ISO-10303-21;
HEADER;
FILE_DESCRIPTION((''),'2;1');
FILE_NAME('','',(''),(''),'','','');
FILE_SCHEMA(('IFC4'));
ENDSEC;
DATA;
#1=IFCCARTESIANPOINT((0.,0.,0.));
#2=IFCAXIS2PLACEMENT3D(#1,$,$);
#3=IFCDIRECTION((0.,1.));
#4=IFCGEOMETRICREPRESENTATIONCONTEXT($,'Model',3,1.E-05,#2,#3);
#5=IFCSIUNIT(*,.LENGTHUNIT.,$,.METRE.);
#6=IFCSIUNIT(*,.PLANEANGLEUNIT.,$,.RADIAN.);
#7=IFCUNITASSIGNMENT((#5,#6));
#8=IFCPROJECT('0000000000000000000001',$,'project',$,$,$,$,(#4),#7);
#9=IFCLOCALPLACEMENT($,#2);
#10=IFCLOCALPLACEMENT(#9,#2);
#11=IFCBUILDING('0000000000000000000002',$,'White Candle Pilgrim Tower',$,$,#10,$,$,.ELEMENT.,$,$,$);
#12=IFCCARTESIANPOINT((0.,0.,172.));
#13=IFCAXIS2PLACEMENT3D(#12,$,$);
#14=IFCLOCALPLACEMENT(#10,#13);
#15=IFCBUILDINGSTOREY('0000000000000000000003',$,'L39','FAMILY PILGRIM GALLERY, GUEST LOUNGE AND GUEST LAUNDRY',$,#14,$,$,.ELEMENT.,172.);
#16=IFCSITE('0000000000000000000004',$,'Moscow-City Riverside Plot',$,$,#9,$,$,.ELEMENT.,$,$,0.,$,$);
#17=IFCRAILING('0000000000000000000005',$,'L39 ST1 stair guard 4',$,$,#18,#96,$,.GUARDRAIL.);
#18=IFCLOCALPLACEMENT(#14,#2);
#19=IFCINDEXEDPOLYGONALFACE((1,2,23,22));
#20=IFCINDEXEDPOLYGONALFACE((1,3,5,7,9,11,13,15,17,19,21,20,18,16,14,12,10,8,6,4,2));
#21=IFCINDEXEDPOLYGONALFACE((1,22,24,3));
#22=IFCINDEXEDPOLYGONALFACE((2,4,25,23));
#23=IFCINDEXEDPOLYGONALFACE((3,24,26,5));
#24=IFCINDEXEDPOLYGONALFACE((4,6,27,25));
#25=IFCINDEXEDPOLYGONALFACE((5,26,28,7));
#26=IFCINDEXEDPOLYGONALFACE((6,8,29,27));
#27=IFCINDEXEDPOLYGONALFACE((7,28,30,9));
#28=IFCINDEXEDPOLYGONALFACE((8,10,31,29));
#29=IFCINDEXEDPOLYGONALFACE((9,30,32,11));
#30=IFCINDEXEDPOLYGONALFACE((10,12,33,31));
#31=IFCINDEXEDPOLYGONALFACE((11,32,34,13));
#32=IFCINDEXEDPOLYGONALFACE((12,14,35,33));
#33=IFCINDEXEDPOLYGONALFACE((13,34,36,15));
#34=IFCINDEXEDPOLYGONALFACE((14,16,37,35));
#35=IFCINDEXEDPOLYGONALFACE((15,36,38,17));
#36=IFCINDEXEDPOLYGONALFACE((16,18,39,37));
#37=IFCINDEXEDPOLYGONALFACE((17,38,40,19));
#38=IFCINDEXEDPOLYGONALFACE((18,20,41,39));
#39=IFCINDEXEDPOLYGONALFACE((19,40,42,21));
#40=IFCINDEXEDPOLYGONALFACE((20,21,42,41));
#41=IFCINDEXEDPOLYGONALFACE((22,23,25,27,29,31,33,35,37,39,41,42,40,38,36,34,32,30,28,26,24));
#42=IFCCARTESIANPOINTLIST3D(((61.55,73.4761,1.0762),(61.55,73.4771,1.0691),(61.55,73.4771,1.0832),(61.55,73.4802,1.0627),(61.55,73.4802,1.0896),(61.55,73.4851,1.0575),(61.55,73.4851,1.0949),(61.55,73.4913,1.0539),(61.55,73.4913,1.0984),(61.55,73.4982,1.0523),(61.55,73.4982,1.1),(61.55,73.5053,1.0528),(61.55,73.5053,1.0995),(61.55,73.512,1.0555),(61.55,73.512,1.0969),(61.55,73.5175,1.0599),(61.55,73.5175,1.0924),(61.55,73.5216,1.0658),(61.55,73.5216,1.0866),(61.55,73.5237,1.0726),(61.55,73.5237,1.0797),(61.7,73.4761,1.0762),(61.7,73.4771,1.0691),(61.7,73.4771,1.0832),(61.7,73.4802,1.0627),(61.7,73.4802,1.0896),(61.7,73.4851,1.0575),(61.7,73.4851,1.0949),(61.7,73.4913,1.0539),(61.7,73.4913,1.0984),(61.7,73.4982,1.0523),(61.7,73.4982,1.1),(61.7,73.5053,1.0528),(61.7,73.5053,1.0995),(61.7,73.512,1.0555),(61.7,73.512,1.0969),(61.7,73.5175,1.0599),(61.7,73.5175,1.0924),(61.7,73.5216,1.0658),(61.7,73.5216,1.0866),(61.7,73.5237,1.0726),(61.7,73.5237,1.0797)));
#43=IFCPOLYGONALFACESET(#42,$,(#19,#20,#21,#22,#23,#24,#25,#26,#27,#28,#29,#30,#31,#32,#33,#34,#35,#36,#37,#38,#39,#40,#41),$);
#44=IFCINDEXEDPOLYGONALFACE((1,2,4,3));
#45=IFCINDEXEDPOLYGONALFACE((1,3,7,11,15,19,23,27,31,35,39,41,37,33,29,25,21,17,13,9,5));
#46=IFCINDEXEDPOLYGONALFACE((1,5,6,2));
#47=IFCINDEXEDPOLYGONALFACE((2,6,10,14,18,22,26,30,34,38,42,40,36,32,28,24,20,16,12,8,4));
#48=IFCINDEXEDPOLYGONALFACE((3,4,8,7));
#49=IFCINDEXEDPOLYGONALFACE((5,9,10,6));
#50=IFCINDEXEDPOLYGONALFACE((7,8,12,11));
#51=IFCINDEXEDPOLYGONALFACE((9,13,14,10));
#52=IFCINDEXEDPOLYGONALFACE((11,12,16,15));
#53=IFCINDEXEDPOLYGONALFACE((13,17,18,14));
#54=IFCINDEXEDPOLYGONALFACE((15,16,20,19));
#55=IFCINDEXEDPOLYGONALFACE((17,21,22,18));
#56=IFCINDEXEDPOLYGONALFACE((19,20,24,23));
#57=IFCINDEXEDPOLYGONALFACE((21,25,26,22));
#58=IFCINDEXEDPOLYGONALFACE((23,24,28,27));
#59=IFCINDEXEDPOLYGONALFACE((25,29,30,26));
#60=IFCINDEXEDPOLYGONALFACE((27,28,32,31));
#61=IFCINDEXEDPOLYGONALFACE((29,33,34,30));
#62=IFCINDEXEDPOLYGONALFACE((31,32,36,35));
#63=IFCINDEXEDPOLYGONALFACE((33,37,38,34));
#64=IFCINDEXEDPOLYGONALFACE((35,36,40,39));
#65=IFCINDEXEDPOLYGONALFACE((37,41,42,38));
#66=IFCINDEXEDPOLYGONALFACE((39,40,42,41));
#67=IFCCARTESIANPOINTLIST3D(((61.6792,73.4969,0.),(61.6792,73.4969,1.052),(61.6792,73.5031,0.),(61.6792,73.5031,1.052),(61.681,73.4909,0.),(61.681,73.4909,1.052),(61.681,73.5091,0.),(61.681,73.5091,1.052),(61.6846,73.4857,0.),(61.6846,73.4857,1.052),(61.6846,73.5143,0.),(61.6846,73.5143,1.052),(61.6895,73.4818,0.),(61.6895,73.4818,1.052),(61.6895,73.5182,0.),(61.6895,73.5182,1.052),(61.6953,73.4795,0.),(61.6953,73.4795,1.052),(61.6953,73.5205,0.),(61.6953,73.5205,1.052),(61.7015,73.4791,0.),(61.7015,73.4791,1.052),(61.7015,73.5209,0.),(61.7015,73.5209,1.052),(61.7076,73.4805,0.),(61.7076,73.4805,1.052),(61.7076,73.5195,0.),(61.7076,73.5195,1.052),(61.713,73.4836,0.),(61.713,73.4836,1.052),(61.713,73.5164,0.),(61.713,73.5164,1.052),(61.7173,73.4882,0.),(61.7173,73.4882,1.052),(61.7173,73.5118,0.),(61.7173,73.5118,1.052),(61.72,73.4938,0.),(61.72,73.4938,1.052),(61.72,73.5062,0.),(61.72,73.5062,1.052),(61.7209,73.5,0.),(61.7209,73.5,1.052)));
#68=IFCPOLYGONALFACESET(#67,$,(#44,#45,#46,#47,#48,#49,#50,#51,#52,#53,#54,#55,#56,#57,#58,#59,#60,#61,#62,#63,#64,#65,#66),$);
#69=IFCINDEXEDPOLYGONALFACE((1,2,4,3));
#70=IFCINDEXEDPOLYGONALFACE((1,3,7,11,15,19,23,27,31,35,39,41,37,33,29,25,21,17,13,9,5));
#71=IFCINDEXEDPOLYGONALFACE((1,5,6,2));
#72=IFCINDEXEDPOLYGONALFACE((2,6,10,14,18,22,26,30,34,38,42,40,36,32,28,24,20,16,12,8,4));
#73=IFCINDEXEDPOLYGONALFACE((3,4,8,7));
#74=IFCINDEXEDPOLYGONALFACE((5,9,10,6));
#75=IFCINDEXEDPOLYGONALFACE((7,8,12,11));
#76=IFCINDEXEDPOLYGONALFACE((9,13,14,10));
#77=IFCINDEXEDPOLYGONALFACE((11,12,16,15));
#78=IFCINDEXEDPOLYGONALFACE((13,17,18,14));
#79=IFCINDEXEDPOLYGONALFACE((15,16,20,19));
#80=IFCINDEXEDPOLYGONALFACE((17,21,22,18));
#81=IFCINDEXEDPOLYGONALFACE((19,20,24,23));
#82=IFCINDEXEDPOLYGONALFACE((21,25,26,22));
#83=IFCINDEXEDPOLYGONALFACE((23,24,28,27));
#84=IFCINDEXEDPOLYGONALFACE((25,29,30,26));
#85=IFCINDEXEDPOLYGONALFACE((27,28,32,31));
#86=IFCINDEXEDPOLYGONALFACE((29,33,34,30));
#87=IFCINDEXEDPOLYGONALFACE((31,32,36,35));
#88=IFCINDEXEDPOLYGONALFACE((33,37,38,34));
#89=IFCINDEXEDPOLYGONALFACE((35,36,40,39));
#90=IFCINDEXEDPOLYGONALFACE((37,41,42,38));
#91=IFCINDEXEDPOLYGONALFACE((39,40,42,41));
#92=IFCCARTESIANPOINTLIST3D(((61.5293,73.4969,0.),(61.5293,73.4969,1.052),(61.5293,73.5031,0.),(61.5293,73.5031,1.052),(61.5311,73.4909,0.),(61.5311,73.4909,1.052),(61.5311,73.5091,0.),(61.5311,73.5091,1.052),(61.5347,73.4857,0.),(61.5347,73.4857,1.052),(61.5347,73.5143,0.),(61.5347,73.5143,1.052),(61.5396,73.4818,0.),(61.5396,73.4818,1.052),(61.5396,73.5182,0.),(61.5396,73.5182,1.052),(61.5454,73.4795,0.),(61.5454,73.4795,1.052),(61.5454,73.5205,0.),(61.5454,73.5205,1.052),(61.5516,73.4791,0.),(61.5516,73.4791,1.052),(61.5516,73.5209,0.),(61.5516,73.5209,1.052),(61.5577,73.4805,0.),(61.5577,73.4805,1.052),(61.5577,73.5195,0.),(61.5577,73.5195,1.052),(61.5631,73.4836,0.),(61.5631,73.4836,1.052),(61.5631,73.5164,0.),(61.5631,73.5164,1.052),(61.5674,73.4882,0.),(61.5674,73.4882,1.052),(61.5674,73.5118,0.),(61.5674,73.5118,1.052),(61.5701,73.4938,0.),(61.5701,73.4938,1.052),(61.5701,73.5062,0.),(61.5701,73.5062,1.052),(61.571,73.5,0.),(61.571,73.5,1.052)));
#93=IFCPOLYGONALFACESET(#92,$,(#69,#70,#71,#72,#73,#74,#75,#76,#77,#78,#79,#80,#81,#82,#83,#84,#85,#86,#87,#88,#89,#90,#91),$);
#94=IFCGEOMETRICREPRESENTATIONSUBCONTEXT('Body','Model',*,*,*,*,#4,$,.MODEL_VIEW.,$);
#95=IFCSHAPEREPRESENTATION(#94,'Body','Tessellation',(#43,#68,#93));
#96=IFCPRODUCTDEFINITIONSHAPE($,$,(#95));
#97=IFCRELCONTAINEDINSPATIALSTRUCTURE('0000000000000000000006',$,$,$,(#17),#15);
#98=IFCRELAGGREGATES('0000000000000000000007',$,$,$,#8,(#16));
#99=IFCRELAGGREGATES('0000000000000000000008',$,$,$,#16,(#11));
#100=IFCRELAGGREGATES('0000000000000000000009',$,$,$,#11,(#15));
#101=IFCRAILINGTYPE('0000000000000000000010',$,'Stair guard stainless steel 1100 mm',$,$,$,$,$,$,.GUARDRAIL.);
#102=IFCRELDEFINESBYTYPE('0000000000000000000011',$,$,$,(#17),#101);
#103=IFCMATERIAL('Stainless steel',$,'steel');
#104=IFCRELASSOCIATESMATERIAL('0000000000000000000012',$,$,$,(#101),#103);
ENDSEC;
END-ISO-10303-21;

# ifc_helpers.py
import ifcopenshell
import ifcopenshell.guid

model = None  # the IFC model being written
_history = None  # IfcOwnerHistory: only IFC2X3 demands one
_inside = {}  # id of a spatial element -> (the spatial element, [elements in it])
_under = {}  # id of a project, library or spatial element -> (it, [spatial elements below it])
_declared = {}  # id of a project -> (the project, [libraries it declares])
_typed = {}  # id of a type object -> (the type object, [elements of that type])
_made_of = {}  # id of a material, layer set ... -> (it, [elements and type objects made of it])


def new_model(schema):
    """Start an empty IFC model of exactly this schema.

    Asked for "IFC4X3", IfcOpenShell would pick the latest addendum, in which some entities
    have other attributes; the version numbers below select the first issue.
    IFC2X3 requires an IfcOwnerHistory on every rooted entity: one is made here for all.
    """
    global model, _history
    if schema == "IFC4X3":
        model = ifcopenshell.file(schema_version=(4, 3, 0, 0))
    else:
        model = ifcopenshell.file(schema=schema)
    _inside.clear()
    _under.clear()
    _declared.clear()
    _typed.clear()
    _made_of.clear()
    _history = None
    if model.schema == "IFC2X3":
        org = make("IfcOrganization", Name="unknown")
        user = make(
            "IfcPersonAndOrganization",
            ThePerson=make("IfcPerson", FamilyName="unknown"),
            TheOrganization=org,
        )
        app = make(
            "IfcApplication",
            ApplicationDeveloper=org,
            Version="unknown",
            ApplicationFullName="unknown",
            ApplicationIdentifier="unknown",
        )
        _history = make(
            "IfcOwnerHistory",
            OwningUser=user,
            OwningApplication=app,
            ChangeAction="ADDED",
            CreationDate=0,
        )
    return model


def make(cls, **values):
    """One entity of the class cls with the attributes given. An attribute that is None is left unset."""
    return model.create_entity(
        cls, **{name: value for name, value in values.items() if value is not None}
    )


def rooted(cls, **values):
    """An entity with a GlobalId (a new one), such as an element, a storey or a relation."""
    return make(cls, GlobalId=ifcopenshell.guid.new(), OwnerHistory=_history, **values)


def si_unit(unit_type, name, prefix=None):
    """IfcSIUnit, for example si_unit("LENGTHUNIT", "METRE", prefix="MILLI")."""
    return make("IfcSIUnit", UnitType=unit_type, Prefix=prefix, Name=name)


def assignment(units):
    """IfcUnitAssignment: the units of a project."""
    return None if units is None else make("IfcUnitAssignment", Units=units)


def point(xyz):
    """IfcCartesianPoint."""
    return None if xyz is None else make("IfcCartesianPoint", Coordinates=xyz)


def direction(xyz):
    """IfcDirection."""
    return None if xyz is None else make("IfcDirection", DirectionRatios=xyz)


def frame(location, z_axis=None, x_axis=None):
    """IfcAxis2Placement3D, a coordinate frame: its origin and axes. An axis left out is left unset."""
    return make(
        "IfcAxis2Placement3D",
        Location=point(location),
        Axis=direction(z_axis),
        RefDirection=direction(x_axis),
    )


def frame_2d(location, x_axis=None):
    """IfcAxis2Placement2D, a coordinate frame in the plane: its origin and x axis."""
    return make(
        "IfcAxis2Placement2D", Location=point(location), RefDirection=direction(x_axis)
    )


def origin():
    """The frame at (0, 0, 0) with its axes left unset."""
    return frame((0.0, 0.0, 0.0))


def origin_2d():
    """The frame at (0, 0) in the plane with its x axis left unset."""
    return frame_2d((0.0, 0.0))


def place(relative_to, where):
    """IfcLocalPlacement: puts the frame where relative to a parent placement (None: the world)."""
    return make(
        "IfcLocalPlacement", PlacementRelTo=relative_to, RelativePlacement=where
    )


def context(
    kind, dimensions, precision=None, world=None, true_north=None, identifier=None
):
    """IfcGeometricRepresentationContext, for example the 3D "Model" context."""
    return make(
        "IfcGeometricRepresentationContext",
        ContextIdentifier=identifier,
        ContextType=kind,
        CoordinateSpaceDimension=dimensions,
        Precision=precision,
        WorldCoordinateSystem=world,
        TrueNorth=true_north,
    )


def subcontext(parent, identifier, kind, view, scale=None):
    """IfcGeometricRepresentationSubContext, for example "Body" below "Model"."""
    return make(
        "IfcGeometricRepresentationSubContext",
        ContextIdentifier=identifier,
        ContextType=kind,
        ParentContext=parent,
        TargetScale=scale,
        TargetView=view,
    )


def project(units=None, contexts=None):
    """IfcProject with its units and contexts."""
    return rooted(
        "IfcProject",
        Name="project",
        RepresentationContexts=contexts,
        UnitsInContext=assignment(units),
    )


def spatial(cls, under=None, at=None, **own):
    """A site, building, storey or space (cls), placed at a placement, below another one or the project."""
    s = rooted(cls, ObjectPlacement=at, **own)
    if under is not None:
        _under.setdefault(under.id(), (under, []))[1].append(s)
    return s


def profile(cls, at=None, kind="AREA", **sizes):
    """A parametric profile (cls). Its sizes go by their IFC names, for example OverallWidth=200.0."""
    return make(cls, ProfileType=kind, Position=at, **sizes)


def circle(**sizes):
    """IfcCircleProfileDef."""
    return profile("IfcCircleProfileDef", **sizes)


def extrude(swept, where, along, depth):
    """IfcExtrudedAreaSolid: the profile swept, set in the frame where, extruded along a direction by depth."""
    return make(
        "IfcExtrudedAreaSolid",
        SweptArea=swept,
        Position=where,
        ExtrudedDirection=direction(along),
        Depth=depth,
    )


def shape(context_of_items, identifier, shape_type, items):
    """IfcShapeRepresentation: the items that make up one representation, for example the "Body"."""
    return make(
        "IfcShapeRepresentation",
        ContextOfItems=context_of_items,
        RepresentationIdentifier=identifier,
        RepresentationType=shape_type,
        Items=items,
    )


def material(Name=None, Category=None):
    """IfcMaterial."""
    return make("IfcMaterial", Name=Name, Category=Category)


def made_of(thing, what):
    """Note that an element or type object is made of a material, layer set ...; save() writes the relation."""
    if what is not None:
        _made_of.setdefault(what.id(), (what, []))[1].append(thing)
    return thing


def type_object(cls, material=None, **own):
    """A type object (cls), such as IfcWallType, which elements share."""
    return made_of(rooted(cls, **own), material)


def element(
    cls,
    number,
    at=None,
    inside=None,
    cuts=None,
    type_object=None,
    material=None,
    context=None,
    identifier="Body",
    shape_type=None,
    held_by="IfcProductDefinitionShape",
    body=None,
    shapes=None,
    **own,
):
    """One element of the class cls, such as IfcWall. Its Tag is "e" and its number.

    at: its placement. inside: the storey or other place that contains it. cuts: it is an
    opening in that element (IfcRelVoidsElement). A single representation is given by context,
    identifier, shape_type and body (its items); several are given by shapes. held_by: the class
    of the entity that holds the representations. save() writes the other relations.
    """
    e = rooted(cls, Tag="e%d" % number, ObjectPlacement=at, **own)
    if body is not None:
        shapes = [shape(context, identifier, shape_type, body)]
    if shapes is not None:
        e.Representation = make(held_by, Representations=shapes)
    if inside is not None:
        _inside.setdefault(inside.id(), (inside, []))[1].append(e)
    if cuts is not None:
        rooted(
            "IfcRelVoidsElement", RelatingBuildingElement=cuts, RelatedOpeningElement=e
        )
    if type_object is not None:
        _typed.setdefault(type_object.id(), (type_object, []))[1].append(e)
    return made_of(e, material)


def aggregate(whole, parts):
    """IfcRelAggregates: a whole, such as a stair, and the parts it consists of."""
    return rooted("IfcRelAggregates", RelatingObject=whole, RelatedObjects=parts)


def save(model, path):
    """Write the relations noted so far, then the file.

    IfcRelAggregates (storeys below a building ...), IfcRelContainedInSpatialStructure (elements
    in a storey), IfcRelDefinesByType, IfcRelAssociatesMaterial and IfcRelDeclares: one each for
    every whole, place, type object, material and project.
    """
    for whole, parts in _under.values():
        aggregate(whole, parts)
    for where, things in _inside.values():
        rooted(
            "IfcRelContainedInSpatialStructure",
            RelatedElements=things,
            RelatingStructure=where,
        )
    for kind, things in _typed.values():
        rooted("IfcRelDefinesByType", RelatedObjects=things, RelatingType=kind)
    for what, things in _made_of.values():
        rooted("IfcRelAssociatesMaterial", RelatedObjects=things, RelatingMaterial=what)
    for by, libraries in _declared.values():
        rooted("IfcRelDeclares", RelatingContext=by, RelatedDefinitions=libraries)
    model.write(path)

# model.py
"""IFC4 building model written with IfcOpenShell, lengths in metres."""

from ifc_helpers import new_model, si_unit, direction, frame, origin, origin_2d, place, context, subcontext, project, spatial, circle, extrude, material, type_object, element, save


model = new_model("IFC4")

# Units and contexts
model_context = context("Model", 3, precision=1e-05, world=origin(), true_north=direction((0.0, 1.0)))
body_context = subcontext(model_context, "Body", "Model", "MODEL_VIEW")
ifc_project = project(units=[si_unit("LENGTHUNIT", "METRE"), si_unit("PLANEANGLEUNIT", "RADIAN")], contexts=[model_context])

# Site, building, storey
site_placement = place(None, origin())
site = spatial("IfcSite", under=ifc_project, at=site_placement, Name="Moscow-City Riverside Plot", CompositionType="ELEMENT", RefElevation=0.0)
building_placement = place(site_placement, origin())
building = spatial("IfcBuilding", under=site, at=building_placement, Name="White Candle Pilgrim Tower", CompositionType="ELEMENT")
storey_placement = place(building_placement, frame((0.0, 0.0, 172.0)))
storey = spatial("IfcBuildingStorey", under=building, at=storey_placement, Name="L39", Description="FAMILY PILGRIM GALLERY, GUEST LOUNGE AND GUEST LAUNDRY", CompositionType="ELEMENT", Elevation=172.0)

# Shared definitions
ifc_material_1 = material(Name="Stainless steel", Category="steel")

# Railing
railing_type_1 = type_object("IfcRailingType", Name="Stair guard stainless steel 1100 mm", PredefinedType="GUARDRAIL", material=ifc_material_1)
railing_1_placement = place(storey_placement, frame((61.7, 73.5, 0.0)))
element("IfcRailing", 1, at=railing_1_placement, inside=storey, type_object=railing_type_1, Name="L39 ST1 stair guard 4", PredefinedType="GUARDRAIL", context=body_context, shape_type="SweptSolid", body=[
    extrude(circle(Radius=0.0239, at=origin_2d()), frame((0.0, 0.0, 1.0762), z_axis=(-1.0, 0.0, 0.0), x_axis=(0.0, -1.0, 0.0)), (0.0, 0.0, 1.0), 0.1499),
    extrude(circle(Radius=0.021, at=origin_2d()), origin(), (0.0, 0.0, 1.0), 1.052),
    extrude(circle(Radius=0.021, at=origin_2d()), frame((-0.1499, 0.0, 0.0)), (0.0, 0.0, 1.0), 1.052),
])

save(model, "model.ifc")
